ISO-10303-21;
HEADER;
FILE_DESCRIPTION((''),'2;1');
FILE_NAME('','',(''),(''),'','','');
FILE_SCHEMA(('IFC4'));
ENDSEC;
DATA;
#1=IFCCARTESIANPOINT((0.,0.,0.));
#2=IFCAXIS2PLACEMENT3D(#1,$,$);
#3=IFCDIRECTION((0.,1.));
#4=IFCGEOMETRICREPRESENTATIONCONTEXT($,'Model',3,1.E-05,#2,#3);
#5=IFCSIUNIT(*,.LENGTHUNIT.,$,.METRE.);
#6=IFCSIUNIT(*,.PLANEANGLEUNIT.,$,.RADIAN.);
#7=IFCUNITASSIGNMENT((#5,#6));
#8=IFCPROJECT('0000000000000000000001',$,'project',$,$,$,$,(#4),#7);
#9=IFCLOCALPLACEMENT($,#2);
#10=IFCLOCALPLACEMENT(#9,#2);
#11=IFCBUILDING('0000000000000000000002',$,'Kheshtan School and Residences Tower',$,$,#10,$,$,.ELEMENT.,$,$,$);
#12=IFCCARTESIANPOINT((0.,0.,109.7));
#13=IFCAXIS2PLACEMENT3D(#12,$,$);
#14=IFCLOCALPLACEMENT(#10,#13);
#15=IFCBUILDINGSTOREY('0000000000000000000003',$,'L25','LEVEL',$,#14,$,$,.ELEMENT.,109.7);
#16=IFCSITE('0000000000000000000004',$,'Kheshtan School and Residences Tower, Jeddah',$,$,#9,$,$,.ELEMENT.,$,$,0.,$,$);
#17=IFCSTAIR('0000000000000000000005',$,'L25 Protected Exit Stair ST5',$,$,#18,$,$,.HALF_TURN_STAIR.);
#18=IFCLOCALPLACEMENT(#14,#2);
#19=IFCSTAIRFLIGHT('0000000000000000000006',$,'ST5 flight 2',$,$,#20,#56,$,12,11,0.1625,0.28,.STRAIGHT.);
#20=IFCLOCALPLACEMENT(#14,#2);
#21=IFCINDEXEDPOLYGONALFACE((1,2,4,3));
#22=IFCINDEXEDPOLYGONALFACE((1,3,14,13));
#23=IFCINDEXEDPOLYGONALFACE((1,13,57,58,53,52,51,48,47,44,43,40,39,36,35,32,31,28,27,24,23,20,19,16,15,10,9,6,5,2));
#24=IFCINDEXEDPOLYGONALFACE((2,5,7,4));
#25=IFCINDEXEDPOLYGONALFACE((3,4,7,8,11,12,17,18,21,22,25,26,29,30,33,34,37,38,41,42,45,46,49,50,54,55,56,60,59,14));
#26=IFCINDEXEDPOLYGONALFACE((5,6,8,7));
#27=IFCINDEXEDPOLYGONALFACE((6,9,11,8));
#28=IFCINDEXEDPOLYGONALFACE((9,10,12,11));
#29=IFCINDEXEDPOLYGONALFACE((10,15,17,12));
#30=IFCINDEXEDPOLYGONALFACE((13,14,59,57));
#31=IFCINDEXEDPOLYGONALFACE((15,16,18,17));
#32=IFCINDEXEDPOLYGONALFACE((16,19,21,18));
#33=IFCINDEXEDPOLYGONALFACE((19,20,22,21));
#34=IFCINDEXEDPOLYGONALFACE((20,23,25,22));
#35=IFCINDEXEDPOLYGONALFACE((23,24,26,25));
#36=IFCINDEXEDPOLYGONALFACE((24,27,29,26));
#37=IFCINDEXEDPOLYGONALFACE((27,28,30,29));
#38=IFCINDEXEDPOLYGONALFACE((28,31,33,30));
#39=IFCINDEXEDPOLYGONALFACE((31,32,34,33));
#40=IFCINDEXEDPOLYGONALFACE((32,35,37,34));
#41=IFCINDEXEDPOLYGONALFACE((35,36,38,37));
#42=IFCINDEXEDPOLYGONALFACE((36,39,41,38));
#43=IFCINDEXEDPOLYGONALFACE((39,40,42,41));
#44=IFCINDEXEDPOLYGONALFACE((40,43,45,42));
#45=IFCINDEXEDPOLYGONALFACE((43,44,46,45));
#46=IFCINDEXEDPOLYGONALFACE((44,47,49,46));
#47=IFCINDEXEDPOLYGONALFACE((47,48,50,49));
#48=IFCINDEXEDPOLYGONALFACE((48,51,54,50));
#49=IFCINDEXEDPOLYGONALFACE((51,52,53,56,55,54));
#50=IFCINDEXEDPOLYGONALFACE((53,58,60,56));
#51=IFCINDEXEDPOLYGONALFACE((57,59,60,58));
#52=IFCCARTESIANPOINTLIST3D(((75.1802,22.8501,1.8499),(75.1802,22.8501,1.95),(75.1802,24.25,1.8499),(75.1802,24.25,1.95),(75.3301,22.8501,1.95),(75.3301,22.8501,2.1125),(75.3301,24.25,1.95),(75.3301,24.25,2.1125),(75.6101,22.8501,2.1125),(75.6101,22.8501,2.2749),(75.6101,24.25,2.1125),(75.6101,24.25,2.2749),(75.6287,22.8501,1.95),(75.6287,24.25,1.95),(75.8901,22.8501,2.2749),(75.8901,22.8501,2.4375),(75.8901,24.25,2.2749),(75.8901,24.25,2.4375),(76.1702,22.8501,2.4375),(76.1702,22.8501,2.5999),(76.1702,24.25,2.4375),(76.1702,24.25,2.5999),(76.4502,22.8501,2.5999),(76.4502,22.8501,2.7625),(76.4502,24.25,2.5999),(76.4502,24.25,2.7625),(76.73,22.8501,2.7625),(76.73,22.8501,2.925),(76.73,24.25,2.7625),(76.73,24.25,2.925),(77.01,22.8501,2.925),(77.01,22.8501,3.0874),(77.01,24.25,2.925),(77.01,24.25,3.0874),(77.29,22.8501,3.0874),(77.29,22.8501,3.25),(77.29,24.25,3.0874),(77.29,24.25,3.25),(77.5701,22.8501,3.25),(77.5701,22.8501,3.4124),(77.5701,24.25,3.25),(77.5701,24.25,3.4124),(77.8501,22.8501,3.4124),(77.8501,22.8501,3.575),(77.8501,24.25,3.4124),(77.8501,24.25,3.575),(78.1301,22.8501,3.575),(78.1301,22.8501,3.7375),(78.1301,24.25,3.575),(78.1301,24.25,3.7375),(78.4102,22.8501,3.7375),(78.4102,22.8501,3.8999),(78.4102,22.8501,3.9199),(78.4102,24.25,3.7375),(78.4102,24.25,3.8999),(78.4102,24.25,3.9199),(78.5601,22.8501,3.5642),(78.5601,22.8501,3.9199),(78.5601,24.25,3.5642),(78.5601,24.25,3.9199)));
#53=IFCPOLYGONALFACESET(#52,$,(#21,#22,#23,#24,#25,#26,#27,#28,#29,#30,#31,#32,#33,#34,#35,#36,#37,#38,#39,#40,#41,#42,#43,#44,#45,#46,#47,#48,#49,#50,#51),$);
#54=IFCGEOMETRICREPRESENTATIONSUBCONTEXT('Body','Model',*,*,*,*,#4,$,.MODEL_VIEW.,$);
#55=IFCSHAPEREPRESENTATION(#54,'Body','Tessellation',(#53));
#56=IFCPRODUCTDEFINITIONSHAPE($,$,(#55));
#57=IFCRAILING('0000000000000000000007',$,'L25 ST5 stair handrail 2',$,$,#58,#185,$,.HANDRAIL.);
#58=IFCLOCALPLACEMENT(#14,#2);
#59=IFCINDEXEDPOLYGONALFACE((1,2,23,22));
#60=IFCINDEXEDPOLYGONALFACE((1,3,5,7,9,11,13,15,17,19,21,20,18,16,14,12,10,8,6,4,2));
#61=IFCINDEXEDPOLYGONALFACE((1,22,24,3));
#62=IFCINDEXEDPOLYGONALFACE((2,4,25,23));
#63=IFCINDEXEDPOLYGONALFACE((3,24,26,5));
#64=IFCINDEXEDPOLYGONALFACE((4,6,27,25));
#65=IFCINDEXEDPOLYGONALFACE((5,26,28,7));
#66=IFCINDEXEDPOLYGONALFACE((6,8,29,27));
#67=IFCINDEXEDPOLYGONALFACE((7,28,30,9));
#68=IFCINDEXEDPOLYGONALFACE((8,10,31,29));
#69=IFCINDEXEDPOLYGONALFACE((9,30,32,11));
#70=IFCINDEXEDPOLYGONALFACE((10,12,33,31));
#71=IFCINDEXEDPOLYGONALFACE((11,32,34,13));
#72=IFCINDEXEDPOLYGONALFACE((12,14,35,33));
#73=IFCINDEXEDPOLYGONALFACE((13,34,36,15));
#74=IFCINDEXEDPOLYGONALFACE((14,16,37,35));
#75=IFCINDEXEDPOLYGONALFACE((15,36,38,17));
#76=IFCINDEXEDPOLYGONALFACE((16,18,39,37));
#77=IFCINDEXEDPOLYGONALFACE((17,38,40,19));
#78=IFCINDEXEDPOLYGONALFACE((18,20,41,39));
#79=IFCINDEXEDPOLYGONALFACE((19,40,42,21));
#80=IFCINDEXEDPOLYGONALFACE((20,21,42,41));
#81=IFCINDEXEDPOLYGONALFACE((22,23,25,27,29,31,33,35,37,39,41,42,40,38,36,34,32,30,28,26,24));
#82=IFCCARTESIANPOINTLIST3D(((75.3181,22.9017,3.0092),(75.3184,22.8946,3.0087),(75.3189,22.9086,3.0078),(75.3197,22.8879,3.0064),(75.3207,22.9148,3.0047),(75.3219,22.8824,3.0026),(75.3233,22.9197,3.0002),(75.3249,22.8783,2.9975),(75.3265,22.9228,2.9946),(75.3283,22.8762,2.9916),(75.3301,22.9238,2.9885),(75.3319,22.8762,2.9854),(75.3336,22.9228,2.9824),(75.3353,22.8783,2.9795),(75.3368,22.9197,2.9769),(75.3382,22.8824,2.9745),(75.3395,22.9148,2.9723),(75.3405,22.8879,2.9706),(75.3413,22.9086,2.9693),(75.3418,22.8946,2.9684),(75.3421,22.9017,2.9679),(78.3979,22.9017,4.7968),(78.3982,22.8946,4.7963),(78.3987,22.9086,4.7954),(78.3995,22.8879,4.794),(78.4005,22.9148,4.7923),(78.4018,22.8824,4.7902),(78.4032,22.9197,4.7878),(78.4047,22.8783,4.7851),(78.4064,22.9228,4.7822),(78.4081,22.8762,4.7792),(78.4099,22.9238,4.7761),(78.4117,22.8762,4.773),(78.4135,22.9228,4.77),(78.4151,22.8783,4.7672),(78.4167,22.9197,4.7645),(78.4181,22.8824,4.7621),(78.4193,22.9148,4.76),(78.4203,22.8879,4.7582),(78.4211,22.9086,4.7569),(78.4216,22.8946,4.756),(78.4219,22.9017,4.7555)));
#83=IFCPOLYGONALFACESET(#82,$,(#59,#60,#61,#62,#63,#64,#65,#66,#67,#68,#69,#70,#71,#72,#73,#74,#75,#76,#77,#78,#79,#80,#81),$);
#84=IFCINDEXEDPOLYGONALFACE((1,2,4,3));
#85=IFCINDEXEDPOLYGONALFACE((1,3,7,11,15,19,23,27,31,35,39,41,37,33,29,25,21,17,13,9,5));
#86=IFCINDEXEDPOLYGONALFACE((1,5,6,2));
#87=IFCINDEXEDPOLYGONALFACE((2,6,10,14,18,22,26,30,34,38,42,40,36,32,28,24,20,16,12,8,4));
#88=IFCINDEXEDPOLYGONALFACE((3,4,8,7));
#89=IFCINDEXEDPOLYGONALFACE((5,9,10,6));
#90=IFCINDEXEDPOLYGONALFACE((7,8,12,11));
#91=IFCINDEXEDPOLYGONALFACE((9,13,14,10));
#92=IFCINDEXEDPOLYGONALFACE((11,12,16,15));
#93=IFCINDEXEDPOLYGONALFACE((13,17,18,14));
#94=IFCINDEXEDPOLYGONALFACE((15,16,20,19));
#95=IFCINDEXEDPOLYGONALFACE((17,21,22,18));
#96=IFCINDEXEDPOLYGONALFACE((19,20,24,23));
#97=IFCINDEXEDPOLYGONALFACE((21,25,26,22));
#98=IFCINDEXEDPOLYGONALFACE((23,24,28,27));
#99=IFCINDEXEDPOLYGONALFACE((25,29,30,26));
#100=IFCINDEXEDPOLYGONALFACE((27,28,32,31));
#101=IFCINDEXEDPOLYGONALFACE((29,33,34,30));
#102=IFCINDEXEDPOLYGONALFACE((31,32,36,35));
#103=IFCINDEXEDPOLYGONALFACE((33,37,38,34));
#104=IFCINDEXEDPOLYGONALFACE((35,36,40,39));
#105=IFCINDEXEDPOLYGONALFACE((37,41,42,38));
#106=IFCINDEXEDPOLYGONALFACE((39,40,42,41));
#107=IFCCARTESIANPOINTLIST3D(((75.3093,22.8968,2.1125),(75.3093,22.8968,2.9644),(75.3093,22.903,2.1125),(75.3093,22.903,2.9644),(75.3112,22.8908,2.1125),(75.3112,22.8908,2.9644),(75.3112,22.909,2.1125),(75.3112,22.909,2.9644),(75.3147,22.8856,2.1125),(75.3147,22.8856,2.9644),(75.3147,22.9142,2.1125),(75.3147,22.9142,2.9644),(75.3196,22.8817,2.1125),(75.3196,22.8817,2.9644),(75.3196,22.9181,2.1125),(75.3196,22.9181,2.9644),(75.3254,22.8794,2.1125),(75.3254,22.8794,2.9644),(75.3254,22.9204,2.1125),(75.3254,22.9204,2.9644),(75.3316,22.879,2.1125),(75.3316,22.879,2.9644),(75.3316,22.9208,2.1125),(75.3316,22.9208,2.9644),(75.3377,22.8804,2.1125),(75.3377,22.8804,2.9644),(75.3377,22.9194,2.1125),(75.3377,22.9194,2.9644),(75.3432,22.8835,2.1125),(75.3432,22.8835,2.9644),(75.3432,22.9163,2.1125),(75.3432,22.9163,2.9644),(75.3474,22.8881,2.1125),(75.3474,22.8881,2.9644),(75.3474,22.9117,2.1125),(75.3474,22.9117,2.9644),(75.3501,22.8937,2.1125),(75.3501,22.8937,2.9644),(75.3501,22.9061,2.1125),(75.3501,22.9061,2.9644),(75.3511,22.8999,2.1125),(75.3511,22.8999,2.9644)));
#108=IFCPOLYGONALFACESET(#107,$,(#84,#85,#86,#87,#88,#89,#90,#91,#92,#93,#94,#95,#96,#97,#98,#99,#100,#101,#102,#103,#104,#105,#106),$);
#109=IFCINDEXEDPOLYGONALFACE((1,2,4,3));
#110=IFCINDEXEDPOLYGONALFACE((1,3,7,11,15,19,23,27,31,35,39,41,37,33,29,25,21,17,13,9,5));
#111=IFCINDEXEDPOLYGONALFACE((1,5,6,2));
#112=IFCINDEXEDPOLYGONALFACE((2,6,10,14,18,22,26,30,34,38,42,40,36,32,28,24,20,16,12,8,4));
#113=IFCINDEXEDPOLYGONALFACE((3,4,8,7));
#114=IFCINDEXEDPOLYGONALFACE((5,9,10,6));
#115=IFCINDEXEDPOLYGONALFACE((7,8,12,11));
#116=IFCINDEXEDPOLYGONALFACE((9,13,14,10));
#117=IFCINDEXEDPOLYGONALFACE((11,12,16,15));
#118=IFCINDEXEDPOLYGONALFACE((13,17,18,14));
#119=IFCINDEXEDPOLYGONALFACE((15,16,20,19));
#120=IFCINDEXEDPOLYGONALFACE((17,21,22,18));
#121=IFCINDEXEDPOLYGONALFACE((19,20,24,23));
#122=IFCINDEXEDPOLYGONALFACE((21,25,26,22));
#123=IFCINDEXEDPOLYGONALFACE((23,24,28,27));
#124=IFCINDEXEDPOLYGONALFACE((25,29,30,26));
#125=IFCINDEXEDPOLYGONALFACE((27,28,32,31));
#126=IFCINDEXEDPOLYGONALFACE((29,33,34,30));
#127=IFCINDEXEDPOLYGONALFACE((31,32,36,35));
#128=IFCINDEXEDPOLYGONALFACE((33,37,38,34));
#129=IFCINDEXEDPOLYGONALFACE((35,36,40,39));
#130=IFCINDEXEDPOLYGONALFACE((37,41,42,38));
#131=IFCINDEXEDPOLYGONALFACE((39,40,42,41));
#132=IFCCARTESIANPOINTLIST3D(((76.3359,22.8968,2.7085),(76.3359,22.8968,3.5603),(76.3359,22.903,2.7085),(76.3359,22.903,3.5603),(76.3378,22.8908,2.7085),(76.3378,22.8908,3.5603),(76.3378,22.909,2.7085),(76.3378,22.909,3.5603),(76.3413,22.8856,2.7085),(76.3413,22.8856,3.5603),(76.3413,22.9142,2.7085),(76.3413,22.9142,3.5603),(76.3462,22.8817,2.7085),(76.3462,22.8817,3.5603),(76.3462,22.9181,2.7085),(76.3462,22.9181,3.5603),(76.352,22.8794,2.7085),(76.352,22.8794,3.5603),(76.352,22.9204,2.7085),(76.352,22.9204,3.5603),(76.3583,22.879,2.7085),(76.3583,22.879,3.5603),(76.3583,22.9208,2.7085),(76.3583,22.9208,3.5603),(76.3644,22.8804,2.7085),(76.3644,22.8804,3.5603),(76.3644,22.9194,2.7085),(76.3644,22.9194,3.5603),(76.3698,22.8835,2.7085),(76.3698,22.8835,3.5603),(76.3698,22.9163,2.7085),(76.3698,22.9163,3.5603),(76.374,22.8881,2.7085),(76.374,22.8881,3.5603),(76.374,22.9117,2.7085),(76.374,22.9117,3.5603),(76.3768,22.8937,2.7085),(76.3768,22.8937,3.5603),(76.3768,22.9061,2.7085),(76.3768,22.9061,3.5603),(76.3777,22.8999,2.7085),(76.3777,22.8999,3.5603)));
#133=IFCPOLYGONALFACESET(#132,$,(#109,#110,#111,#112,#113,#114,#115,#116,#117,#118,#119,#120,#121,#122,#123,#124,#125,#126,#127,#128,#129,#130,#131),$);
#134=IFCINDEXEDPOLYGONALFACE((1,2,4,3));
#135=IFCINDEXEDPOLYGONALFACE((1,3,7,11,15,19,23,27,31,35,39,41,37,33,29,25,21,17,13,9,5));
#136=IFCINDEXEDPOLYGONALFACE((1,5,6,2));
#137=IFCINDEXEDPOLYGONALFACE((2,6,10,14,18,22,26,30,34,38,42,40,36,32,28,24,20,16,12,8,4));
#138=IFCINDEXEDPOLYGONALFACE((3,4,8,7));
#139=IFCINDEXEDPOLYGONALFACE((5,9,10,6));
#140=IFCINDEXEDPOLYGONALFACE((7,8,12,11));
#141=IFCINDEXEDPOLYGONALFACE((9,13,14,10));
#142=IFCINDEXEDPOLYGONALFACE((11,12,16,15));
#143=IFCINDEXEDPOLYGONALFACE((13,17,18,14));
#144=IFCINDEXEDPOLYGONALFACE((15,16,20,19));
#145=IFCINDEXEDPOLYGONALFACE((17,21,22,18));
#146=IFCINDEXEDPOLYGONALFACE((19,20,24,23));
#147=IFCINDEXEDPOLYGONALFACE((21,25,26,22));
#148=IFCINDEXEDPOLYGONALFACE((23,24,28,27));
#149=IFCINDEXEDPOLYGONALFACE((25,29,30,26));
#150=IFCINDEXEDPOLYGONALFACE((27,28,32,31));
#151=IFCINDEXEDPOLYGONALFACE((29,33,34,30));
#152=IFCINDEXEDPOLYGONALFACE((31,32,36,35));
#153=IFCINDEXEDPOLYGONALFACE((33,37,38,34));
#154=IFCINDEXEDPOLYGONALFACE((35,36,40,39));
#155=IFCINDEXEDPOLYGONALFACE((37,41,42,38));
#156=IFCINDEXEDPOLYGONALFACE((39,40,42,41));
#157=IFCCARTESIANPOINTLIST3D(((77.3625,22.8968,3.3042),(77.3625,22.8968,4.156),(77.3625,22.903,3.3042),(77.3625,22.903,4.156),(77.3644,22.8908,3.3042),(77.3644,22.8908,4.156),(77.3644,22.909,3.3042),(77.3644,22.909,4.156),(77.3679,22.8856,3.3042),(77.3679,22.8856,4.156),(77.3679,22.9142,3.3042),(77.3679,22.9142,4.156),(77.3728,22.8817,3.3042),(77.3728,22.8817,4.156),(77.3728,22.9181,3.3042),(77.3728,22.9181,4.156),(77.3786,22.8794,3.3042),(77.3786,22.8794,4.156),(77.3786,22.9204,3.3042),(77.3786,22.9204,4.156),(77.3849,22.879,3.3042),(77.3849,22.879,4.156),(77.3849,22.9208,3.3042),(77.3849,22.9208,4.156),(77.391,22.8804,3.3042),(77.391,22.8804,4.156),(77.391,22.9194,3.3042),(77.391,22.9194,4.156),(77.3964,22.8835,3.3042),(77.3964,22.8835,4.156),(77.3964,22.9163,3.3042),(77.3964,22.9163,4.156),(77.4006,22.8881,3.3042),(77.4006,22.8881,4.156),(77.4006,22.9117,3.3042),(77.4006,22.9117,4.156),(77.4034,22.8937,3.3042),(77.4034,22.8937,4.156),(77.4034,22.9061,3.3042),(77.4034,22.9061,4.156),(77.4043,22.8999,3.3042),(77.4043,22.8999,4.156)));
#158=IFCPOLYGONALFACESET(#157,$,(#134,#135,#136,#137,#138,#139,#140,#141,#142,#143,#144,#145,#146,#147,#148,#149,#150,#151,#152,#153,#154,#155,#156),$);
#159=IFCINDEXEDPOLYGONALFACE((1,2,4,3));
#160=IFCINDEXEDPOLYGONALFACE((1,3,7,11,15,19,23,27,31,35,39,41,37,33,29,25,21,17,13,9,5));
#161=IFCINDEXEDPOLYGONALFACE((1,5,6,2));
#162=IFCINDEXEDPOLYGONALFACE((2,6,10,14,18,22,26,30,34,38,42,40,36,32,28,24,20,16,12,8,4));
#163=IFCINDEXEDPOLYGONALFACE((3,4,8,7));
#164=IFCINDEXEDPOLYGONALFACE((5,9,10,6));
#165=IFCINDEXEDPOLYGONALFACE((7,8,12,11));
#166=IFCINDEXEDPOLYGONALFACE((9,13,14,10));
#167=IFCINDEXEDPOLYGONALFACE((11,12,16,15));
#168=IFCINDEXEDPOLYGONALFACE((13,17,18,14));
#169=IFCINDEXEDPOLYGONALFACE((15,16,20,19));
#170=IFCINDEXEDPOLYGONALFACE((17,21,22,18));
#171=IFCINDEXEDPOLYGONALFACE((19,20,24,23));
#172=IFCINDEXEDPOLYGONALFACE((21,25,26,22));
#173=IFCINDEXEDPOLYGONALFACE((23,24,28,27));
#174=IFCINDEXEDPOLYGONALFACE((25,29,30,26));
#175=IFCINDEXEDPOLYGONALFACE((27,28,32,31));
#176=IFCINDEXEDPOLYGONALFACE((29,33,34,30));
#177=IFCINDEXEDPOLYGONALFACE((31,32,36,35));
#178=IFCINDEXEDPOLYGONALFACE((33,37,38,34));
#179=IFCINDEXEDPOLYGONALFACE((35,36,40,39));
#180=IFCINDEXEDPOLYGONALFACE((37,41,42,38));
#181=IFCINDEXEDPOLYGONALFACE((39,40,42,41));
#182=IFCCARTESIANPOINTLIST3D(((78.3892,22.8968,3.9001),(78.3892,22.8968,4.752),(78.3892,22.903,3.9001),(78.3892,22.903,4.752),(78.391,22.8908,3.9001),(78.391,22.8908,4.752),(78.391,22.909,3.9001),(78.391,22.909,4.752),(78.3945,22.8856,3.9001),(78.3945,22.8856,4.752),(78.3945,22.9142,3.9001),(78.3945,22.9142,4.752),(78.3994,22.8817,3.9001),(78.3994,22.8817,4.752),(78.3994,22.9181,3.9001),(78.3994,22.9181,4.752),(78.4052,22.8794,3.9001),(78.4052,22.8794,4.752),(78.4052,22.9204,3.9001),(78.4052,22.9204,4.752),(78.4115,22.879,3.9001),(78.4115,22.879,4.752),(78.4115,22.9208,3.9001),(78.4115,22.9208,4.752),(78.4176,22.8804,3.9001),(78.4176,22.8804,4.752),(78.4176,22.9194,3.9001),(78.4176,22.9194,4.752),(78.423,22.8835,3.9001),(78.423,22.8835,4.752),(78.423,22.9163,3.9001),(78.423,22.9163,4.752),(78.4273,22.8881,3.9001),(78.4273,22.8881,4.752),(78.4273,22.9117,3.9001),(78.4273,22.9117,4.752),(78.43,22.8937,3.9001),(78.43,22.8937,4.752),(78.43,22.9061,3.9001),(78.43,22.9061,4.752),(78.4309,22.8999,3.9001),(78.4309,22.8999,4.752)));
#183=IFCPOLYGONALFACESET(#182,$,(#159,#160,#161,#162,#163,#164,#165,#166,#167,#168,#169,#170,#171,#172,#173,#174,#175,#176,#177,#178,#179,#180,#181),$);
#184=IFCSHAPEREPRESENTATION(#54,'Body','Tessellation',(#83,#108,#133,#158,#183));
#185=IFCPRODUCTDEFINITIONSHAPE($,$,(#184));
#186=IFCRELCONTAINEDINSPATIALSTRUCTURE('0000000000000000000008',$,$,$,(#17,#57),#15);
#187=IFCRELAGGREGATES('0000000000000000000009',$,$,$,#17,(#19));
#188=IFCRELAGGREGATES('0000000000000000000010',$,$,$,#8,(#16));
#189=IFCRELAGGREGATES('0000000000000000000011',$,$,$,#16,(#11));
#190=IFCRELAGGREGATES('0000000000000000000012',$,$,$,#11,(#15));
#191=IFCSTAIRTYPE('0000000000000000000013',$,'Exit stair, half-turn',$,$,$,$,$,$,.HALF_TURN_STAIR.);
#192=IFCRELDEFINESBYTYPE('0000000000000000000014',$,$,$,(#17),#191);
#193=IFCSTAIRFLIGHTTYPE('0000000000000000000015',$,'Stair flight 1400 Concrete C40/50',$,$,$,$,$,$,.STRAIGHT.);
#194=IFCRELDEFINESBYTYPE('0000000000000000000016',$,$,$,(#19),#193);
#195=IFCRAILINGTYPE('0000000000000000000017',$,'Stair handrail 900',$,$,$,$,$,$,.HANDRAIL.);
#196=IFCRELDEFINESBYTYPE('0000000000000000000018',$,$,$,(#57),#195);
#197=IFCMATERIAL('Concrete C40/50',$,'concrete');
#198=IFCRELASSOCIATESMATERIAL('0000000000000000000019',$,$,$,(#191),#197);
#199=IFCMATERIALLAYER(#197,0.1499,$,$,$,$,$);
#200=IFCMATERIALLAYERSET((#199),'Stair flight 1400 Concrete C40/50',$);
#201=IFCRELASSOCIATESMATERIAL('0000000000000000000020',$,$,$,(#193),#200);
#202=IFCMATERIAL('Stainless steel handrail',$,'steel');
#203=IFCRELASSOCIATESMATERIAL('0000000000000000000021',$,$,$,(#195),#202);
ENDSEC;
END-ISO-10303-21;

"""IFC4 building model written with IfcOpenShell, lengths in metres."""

from ifc_helpers import new_model, si_unit, direction, frame, origin, origin_2d, place, context, subcontext, project, spatial, polyline, circle, outline, extrude, material, layer, layer_set, type_object, element, aggregate, save


model = new_model("IFC4")

# Units and contexts
model_context = context("Model", 3, precision=1e-05, world=origin(), true_north=direction((0.0, 1.0)))
body_context = subcontext(model_context, "Body", "Model", "MODEL_VIEW")
ifc_project = project(units=[si_unit("LENGTHUNIT", "METRE"), si_unit("PLANEANGLEUNIT", "RADIAN")], contexts=[model_context])

# Site, building, storey
site_placement = place(None, origin())
site = spatial("IfcSite", under=ifc_project, at=site_placement, Name="Kheshtan School and Residences Tower, Jeddah", CompositionType="ELEMENT", RefElevation=0.0)
building_placement = place(site_placement, origin())
building = spatial("IfcBuilding", under=site, at=building_placement, Name="Kheshtan School and Residences Tower", CompositionType="ELEMENT")
storey_placement = place(building_placement, frame((0.0, 0.0, 109.7)))
storey = spatial("IfcBuildingStorey", under=building, at=storey_placement, Name="L25", Description="LEVEL", CompositionType="ELEMENT", Elevation=109.7)

# Shared definitions
ifc_material_1 = material(Name="Concrete C40/50", Category="concrete")

# Stair, stair flight
stair_type = type_object("IfcStairType", Name="Exit stair, half-turn", PredefinedType="HALF_TURN_STAIR", material=ifc_material_1)
stair_placement = place(storey_placement, origin())
stair = element("IfcStair", 1, at=stair_placement, inside=storey, type_object=stair_type, Name="L25 Protected Exit Stair ST5", PredefinedType="HALF_TURN_STAIR")
ifc_layer_1 = layer(ifc_material_1, 0.1499)
ifc_layer_set_1 = layer_set([ifc_layer_1], Name="Stair flight 1400 Concrete C40/50")
stair_flight_type = type_object("IfcStairFlightType", Name="Stair flight 1400 Concrete C40/50", PredefinedType="STRAIGHT", material=ifc_layer_set_1)
stair_flight_placement = place(storey_placement, frame((75.3301, 23.55, 1.95), z_axis=(0.0, 0.0, 1.0), x_axis=(1.0, 0.0, 0.0)))
stair_flight = element("IfcStairFlight", 2, at=stair_flight_placement, type_object=stair_flight_type, Name="ST5 flight 2", NumberOfRisers=12, NumberOfTreads=11, PredefinedType="STRAIGHT", RiserHeight=0.1625, TreadLength=0.28, context=body_context, shape_type="SweptSolid", body=[
    extrude(outline(polyline([(-0.1499, -0.1001), (-0.1499, 0.0), (0.0, 0.0), (0.0, 0.1626), (0.28, 0.1626), (0.28, 0.325), (0.5601, 0.325), (0.5601, 0.4875), (0.8401, 0.4875), (0.8401, 0.6499), (1.1201, 0.6499), (1.1201, 0.8125), (1.3999, 0.8125), (1.3999, 0.9751), (1.6799, 0.9751), (1.6799, 1.1375), (1.96, 1.1375), (1.96, 1.3), (2.24, 1.3), (2.24, 1.4624), (2.52, 1.4624), (2.52, 1.625), (2.8, 1.625), (2.8, 1.7876), (3.0801, 1.7876), (3.0801, 1.95), (3.0801, 1.97), (3.23, 1.97), (3.23, 1.6143), (0.2986, 0.0), (-0.1499, -0.1001)])), frame((0.0, 0.7, 0.0), z_axis=(0.0, -1.0, 0.0), x_axis=(1.0, 0.0, 0.0)), (0.0, 0.0, 1.0), 1.3999),
])
aggregate(stair, [stair_flight])

# Railing
ifc_material_2 = material(Name="Stainless steel handrail", Category="steel")
railing_type = type_object("IfcRailingType", Name="Stair handrail 900", PredefinedType="HANDRAIL", material=ifc_material_2)
railing_placement = place(storey_placement, frame((75.3301, 22.8999, 2.1125)))
element("IfcRailing", 3, at=railing_placement, inside=storey, type_object=railing_type, Name="L25 ST5 stair handrail 2", PredefinedType="HANDRAIL", context=body_context, shape_type="SweptSolid", body=[
    extrude(circle(Radius=0.0239, at=origin_2d()), frame((0.0, 0.0, 0.876), z_axis=(0.864873, 0.0, 0.50199), x_axis=(0.0, 1.0, 0.0)), (0.0, 0.0, 1.0), 3.561),
    extrude(circle(Radius=0.021, at=origin_2d()), origin(), (0.0, 0.0, 1.0), 0.8518),
    extrude(circle(Radius=0.021, at=origin_2d()), frame((1.0266, 0.0, 0.5959)), (0.0, 0.0, 1.0), 0.8518),
    extrude(circle(Radius=0.021, at=origin_2d()), frame((2.0532, 0.0, 1.1917)), (0.0, 0.0, 1.0), 0.8518),
    extrude(circle(Radius=0.021, at=origin_2d()), frame((3.0798, 0.0, 1.7876)), (0.0, 0.0, 1.0), 0.8518),
])

save(model, "model.ifc")
